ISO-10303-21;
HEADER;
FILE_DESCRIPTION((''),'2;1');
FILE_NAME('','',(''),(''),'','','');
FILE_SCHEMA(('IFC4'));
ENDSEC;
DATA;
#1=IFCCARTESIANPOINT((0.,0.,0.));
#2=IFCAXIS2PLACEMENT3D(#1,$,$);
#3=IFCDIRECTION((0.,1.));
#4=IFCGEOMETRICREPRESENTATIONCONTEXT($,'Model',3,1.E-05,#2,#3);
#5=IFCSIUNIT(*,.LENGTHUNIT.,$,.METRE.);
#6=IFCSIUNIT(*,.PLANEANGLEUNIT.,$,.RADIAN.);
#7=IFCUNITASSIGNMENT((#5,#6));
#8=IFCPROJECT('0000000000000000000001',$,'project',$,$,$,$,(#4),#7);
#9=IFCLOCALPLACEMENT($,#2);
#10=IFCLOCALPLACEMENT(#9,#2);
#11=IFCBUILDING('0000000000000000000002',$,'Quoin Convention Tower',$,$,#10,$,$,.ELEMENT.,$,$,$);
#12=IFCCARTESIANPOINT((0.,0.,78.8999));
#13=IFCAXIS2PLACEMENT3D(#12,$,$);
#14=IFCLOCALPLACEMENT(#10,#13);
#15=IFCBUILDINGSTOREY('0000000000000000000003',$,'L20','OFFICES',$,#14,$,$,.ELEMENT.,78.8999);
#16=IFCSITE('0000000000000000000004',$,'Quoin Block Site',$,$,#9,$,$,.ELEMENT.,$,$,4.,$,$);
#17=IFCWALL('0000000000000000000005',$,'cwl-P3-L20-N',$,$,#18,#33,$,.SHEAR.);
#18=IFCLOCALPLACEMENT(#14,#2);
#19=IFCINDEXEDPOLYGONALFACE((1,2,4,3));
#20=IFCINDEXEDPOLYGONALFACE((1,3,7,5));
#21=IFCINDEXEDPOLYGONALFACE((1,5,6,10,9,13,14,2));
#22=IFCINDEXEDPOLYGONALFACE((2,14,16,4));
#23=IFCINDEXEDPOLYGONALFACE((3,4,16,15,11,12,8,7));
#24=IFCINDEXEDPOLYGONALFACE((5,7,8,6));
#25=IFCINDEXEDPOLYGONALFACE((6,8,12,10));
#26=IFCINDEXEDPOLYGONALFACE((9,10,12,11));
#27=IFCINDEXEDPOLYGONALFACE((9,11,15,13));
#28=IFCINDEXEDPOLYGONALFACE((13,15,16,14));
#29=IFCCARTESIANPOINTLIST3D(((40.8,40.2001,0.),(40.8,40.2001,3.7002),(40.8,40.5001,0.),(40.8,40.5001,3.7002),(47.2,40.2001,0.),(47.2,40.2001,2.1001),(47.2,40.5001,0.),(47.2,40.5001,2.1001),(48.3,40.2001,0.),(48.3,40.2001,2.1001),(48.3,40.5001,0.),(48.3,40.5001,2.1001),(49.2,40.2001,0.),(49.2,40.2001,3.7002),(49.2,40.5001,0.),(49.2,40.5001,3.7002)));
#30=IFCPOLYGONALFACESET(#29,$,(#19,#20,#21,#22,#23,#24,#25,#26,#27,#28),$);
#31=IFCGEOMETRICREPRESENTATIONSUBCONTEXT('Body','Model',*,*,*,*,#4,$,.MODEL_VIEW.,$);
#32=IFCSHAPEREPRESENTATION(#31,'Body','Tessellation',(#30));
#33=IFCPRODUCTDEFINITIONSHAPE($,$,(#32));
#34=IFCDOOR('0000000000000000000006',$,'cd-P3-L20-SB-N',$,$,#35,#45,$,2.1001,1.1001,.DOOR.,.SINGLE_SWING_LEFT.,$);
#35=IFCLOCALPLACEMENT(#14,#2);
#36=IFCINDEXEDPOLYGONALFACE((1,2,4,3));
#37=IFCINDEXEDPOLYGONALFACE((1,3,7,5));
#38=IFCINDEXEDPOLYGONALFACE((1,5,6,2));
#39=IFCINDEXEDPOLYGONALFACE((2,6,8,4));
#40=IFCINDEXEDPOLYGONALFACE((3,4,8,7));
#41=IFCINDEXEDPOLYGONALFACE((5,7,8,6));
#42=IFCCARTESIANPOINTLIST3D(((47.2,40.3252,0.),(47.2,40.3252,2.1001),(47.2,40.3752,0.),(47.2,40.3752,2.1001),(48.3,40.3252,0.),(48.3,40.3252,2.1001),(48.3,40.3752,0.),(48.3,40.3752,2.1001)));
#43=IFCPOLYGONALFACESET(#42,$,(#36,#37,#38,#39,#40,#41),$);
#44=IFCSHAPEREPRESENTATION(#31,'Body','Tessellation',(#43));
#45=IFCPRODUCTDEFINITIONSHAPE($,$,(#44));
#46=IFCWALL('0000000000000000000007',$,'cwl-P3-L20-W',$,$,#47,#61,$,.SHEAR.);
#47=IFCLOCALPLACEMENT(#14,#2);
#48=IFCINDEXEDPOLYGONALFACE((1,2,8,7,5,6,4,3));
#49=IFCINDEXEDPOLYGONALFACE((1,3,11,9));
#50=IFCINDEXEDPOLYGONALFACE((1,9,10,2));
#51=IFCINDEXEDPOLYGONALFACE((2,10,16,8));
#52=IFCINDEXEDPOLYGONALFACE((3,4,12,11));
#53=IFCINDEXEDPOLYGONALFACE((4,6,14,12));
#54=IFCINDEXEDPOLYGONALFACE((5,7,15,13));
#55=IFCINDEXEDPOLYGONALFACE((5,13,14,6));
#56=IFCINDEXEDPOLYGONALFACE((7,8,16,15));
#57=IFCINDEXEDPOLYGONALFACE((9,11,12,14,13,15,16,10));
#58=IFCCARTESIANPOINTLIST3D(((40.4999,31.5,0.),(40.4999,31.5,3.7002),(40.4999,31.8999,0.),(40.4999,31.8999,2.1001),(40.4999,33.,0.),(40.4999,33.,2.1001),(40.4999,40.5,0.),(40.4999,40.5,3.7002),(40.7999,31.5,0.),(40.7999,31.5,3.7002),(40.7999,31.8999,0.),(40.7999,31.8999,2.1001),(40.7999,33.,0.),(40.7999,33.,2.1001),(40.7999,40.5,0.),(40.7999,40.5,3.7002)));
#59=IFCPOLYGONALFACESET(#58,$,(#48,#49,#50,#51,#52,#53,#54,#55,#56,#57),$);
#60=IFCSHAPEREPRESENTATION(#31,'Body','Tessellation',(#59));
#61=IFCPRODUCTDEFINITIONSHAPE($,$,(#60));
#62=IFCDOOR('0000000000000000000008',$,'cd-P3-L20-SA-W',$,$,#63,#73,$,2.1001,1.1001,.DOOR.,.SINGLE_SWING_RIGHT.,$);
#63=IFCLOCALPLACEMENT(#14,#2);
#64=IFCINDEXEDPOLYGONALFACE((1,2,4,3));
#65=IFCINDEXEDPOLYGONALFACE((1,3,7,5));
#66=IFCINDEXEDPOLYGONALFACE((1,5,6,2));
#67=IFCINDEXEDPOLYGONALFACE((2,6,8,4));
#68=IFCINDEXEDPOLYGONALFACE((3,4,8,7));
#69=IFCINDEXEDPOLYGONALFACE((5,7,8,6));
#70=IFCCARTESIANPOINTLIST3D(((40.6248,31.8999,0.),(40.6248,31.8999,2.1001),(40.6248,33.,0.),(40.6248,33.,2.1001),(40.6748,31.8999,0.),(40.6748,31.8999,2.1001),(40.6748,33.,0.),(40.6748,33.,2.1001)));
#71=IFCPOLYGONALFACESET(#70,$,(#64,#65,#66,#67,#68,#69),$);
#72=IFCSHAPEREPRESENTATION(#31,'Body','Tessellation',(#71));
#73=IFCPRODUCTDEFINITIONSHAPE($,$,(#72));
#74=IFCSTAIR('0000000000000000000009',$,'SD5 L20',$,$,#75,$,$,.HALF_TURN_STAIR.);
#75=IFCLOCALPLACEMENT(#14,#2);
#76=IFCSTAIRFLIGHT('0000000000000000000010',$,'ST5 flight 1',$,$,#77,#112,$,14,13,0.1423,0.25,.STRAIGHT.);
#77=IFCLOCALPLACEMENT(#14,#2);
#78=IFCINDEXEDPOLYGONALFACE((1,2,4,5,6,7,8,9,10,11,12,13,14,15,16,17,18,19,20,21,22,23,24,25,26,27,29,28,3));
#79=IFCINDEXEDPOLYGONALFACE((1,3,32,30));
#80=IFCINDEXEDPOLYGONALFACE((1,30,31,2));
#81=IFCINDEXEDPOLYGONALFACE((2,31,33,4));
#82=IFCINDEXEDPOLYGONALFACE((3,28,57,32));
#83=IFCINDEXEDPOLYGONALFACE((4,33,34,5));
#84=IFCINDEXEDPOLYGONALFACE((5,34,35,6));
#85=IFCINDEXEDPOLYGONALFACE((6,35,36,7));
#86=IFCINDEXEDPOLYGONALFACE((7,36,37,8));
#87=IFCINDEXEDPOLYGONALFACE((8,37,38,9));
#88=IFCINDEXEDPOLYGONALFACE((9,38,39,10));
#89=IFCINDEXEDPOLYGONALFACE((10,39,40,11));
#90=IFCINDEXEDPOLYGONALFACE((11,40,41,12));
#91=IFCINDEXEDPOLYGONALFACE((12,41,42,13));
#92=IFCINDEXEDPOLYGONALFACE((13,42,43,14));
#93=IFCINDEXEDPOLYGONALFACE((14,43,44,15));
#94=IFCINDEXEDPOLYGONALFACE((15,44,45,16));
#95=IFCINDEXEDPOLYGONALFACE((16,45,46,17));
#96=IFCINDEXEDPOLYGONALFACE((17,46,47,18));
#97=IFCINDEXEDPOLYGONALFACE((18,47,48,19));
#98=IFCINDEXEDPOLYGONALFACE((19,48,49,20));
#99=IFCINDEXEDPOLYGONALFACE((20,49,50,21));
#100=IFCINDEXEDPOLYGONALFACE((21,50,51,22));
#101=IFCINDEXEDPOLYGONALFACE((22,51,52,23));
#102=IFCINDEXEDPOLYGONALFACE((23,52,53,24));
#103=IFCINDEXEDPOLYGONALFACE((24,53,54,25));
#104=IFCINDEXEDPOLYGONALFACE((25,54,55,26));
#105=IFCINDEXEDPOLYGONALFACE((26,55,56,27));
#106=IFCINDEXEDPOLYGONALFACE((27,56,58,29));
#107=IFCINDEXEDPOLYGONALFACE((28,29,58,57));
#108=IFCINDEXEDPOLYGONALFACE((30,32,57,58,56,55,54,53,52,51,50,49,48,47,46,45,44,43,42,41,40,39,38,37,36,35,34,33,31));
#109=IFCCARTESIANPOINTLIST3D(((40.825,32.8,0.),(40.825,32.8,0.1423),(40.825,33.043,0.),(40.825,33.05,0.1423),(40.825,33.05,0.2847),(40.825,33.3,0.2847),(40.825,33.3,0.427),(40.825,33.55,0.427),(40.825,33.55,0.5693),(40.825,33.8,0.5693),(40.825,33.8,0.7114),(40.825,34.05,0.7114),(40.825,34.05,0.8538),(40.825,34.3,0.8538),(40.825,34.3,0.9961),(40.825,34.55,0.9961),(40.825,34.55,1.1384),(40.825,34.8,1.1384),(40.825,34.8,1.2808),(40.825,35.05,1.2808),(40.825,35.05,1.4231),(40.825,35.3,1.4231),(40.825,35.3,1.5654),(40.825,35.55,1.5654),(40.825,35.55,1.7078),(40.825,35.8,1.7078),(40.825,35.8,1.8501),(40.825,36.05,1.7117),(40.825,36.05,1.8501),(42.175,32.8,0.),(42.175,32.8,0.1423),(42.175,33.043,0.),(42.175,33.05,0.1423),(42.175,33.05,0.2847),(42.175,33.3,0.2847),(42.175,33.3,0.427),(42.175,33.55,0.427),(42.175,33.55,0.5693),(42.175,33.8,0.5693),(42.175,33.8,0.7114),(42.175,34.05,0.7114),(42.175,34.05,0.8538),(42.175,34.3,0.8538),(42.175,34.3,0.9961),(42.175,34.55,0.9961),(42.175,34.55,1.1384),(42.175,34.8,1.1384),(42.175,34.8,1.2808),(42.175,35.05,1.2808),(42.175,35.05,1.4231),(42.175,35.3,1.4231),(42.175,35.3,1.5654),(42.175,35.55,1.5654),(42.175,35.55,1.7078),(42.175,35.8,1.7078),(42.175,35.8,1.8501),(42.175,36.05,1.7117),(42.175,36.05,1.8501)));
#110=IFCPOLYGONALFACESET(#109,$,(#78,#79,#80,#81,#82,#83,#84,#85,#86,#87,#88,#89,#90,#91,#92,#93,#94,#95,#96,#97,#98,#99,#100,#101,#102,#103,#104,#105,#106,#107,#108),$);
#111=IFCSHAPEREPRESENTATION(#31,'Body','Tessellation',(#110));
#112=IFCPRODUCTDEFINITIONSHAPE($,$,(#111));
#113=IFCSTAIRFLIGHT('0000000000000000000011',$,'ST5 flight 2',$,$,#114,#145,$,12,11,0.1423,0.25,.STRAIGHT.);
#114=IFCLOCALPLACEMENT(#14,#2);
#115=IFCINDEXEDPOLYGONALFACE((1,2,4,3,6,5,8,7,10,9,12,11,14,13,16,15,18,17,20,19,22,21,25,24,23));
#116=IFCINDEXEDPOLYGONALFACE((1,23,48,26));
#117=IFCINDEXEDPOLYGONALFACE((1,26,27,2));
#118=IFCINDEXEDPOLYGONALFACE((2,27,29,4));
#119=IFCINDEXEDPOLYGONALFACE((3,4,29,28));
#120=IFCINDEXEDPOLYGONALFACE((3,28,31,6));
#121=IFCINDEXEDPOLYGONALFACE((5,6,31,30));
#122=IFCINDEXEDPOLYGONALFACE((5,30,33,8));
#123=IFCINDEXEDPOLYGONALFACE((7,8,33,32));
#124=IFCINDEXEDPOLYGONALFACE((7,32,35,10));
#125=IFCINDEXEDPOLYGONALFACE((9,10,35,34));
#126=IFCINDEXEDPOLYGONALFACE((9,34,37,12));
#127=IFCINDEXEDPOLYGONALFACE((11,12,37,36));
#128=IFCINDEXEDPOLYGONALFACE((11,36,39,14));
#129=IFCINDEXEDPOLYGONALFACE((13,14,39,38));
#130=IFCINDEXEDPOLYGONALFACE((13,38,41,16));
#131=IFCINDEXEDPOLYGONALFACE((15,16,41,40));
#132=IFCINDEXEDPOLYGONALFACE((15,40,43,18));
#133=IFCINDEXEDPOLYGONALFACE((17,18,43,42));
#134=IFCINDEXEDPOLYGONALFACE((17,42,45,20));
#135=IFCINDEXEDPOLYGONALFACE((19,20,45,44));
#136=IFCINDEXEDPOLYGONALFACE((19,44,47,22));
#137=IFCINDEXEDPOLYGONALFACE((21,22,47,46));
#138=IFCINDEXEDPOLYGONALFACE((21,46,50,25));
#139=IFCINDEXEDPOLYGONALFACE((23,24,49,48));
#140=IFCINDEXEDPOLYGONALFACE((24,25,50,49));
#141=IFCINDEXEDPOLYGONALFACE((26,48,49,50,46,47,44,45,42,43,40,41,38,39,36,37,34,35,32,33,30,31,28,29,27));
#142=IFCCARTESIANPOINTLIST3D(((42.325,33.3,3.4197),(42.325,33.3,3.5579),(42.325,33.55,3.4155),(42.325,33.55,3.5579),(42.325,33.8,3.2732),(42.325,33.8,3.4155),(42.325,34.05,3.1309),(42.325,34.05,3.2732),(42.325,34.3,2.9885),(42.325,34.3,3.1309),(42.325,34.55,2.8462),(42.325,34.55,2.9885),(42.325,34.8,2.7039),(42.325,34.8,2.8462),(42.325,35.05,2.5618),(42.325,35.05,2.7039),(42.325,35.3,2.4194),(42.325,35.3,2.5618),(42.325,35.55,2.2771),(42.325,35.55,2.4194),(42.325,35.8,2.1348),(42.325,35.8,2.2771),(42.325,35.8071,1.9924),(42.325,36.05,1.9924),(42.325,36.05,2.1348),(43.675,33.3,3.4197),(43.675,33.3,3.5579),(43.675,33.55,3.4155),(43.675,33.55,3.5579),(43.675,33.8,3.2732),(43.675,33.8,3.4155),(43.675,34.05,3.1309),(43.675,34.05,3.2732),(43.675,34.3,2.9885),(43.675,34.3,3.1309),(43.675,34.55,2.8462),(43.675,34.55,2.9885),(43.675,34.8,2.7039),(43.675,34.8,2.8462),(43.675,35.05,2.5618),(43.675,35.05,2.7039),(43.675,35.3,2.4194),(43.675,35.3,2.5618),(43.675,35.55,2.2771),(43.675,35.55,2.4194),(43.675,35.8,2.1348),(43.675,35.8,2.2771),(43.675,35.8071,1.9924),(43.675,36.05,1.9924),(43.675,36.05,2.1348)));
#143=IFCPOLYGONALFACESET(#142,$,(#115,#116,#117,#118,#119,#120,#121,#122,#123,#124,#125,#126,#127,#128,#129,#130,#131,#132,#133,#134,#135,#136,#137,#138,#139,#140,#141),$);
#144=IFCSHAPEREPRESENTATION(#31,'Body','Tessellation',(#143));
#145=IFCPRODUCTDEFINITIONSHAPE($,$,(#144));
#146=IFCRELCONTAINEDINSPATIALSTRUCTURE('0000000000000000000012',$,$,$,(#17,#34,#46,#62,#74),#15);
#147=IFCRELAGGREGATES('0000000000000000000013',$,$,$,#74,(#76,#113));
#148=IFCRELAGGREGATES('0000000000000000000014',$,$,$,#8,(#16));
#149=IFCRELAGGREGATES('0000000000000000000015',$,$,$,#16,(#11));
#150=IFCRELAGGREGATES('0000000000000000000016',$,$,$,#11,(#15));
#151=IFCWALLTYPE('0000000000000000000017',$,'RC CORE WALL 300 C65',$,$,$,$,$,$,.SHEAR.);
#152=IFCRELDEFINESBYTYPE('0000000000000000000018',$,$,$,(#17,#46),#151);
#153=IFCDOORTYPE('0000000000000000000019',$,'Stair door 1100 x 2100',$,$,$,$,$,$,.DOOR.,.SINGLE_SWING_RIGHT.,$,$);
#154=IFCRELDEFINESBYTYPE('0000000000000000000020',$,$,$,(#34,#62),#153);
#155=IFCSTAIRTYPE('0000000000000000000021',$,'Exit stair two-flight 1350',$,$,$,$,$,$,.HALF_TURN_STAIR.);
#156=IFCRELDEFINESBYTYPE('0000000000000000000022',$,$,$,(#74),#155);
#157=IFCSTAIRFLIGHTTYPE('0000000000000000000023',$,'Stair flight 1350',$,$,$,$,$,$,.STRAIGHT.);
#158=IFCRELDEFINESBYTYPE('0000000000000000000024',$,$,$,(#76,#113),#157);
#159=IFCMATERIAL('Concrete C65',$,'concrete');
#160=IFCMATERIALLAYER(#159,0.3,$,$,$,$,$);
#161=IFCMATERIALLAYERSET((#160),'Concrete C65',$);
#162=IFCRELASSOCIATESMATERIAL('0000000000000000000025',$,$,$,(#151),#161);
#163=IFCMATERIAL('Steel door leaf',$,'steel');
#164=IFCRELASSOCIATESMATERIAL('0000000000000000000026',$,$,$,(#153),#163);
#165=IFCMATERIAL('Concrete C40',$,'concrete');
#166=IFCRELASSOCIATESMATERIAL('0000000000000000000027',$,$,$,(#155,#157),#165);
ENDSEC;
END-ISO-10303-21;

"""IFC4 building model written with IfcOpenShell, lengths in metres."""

from ifc_helpers import new_model, si_unit, direction, frame, frame_2d, origin, place, context, subcontext, project, spatial, polyline, rectangle, outline, extrude, material, layer, layer_set, type_object, element, fill, aggregate, save


model = new_model("IFC4")

# Units and contexts
model_context = context("Model", 3, precision=1e-05, world=origin(), true_north=direction((0.0, 1.0)))
body_context = subcontext(model_context, "Body", "Model", "MODEL_VIEW")
ifc_project = project(units=[si_unit("LENGTHUNIT", "METRE"), si_unit("PLANEANGLEUNIT", "RADIAN")], contexts=[model_context])

# Site, building, storey
site_placement = place(None, origin())
site = spatial("IfcSite", under=ifc_project, at=site_placement, Name="Quoin Block Site", CompositionType="ELEMENT", RefElevation=4.0)
building_placement = place(site_placement, origin())
building = spatial("IfcBuilding", under=site, at=building_placement, Name="Quoin Convention Tower", CompositionType="ELEMENT")
storey_placement = place(building_placement, frame((0.0, 0.0, 78.8999)))
storey = spatial("IfcBuildingStorey", under=building, at=storey_placement, Name="L20", Description="OFFICES", CompositionType="ELEMENT", Elevation=78.8999)

# Walls, openings, doors
ifc_material_1 = material(Name="Concrete C65", Category="concrete")
ifc_layer_1 = layer(ifc_material_1, 0.3)
ifc_layer_set_1 = layer_set([ifc_layer_1], Name="Concrete C65")
wall_type_1 = type_object("IfcWallType", Name="RC CORE WALL 300 C65", PredefinedType="SHEAR", material=ifc_layer_set_1)
ifc_material_2 = material(Name="Steel door leaf", Category="steel")
wall_1_placement = place(storey_placement, frame((40.8, 40.3501, 0.0), z_axis=(0.0, 0.0, 1.0), x_axis=(1.0, 0.0, 0.0)))
wall_1 = element("IfcWall", 1, at=wall_1_placement, inside=storey, type_object=wall_type_1, Name="cwl-P3-L20-N", PredefinedType="SHEAR", context=body_context, shape_type="SweptSolid", body=[
    extrude(rectangle(XDim=8.3999, YDim=0.3, at=frame_2d((4.2, 0.0))), origin(), (0.0, 0.0, 1.0), 3.7002),
])
opening_1_placement = place(wall_1_placement, frame((6.3999, 0.0, 0.0)))
opening_1 = element("IfcOpeningElement", 2, at=opening_1_placement, cuts=wall_1, PredefinedType="OPENING", context=body_context, shape_type="SweptSolid", body=[
    extrude(rectangle(XDim=1.1001, YDim=2.1001, at=frame_2d((0.55, 1.05))), frame((0.0, 0.1599, 0.0), z_axis=(0.0, -1.0, 0.0), x_axis=(1.0, 0.0, 0.0)), (0.0, 0.0, 1.0), 0.3201),
])
door_type_1 = type_object("IfcDoorType", Name="Stair door 1100 x 2100", OperationType="SINGLE_SWING_RIGHT", PredefinedType="DOOR", material=ifc_material_2)
door_1_placement = place(opening_1_placement, frame((1.1001, 0.0, 0.0), z_axis=(0.0, 0.0, 1.0), x_axis=(-1.0, 0.0, 0.0)))
door_1 = element("IfcDoor", 3, at=door_1_placement, inside=storey, type_object=door_type_1, Name="cd-P3-L20-SB-N", OperationType="SINGLE_SWING_LEFT", OverallHeight=2.1001, OverallWidth=1.1001, PredefinedType="DOOR", context=body_context, shape_type="SweptSolid", body=[
    extrude(rectangle(XDim=1.1001, YDim=2.1001, at=frame_2d((0.55, 1.05))), frame((0.0, 0.0249, 0.0), z_axis=(0.0, -1.0, 0.0), x_axis=(1.0, 0.0, 0.0)), (0.0, 0.0, 1.0), 0.05),
])
fill(opening_1, door_1)
wall_2_placement = place(storey_placement, frame((40.6499, 31.5, 0.0), z_axis=(0.0, 0.0, 1.0), x_axis=(0.0, 1.0, 0.0)))
wall_2 = element("IfcWall", 4, at=wall_2_placement, inside=storey, type_object=wall_type_1, Name="cwl-P3-L20-W", PredefinedType="SHEAR", context=body_context, shape_type="SweptSolid", body=[
    extrude(rectangle(XDim=9.0, YDim=0.3, at=frame_2d((4.5, 0.0))), origin(), (0.0, 0.0, 1.0), 3.7002),
])
opening_2_placement = place(wall_2_placement, frame((0.3999, 0.0, 0.0)))
opening_2 = element("IfcOpeningElement", 5, at=opening_2_placement, cuts=wall_2, PredefinedType="OPENING", context=body_context, shape_type="SweptSolid", body=[
    extrude(rectangle(XDim=1.1001, YDim=2.1001, at=frame_2d((0.55, 1.05))), frame((0.0, 0.1599, 0.0), z_axis=(0.0, -1.0, 0.0), x_axis=(1.0, 0.0, 0.0)), (0.0, 0.0, 1.0), 0.3201),
])
door_2_placement = place(opening_2_placement, frame((1.1001, 0.0, 0.0), z_axis=(0.0, 0.0, 1.0), x_axis=(-1.0, 0.0, 0.0)))
door_2 = element("IfcDoor", 6, at=door_2_placement, inside=storey, type_object=door_type_1, Name="cd-P3-L20-SA-W", OperationType="SINGLE_SWING_RIGHT", OverallHeight=2.1001, OverallWidth=1.1001, PredefinedType="DOOR", context=body_context, shape_type="SweptSolid", body=[
    extrude(rectangle(XDim=1.1001, YDim=2.1001, at=frame_2d((0.55, 1.05))), frame((0.0, 0.0249, 0.0), z_axis=(0.0, -1.0, 0.0), x_axis=(1.0, 0.0, 0.0)), (0.0, 0.0, 1.0), 0.05),
])
fill(opening_2, door_2)

# Stair, stair flights
ifc_material_3 = material(Name="Concrete C40", Category="concrete")
stair_type = type_object("IfcStairType", Name="Exit stair two-flight 1350", PredefinedType="HALF_TURN_STAIR", material=ifc_material_3)
stair_placement = place(storey_placement, origin())
stair = element("IfcStair", 7, at=stair_placement, inside=storey, type_object=stair_type, Name="SD5 L20", PredefinedType="HALF_TURN_STAIR")
stair_flight_type = type_object("IfcStairFlightType", Name="Stair flight 1350", PredefinedType="STRAIGHT", material=ifc_material_3)
stair_flight_1_placement = place(storey_placement, frame((41.5, 32.8, 0.0), z_axis=(0.0, 0.0, 1.0), x_axis=(0.0, 1.0, 0.0)))
stair_flight_1 = element("IfcStairFlight", 8, at=stair_flight_1_placement, type_object=stair_flight_type, Name="ST5 flight 1", NumberOfRisers=14, NumberOfTreads=13, PredefinedType="STRAIGHT", RiserHeight=0.1423, TreadLength=0.25, context=body_context, shape_type="SweptSolid", body=[
    extrude(outline(polyline([(0.0, 0.0), (0.0, 0.1423), (0.25, 0.1423), (0.25, 0.2847), (0.5, 0.2847), (0.5, 0.427), (0.75, 0.427), (0.75, 0.5693), (1.0, 0.5693), (1.0, 0.7114), (1.25, 0.7114), (1.25, 0.8538), (1.5, 0.8538), (1.5, 0.9961), (1.75, 0.9961), (1.75, 1.1384), (2.0, 1.1384), (2.0, 1.2808), (2.25, 1.2808), (2.25, 1.4231), (2.5, 1.4231), (2.5, 1.5654), (2.75, 1.5654), (2.75, 1.7078), (3.0, 1.7078), (3.0, 1.8501), (3.25, 1.8501), (3.25, 1.9922), (3.25, 1.7117), (0.2429, 0.0), (0.0, 0.0)])), frame((0.0, 0.675, 0.0), z_axis=(0.0, -1.0, 0.0), x_axis=(1.0, 0.0, 0.0)), (0.0, 0.0, 1.0), 1.3501),
])
stair_flight_2_placement = place(storey_placement, frame((43.0, 36.05, 1.9924), z_axis=(0.0, 0.0, 1.0), x_axis=(0.0, -1.0, 0.0)))
stair_flight_2 = element("IfcStairFlight", 9, at=stair_flight_2_placement, type_object=stair_flight_type, Name="ST5 flight 2", NumberOfRisers=12, NumberOfTreads=11, PredefinedType="STRAIGHT", RiserHeight=0.1423, TreadLength=0.25, context=body_context, shape_type="SweptSolid", body=[
    extrude(outline(polyline([(0.0, 0.0), (0.0, 0.1423), (0.25, 0.1423), (0.25, 0.2847), (0.5, 0.2847), (0.5, 0.427), (0.75, 0.427), (0.75, 0.5693), (1.0, 0.5693), (1.0, 0.7114), (1.25, 0.7114), (1.25, 0.8538), (1.5, 0.8538), (1.5, 0.9961), (1.75, 0.9961), (1.75, 1.1384), (2.0, 1.1384), (2.0, 1.2808), (2.25, 1.2808), (2.25, 1.4231), (2.5, 1.4231), (2.5, 1.5654), (2.75, 1.5654), (2.75, 1.7078), (2.75, 1.4272), (0.2429, 0.0), (0.0, 0.0)])), frame((0.0, 0.675, 0.0), z_axis=(0.0, -1.0, 0.0), x_axis=(1.0, 0.0, 0.0)), (0.0, 0.0, 1.0), 1.3501),
])
aggregate(stair, [stair_flight_1, stair_flight_2])

save(model, "model.ifc")
